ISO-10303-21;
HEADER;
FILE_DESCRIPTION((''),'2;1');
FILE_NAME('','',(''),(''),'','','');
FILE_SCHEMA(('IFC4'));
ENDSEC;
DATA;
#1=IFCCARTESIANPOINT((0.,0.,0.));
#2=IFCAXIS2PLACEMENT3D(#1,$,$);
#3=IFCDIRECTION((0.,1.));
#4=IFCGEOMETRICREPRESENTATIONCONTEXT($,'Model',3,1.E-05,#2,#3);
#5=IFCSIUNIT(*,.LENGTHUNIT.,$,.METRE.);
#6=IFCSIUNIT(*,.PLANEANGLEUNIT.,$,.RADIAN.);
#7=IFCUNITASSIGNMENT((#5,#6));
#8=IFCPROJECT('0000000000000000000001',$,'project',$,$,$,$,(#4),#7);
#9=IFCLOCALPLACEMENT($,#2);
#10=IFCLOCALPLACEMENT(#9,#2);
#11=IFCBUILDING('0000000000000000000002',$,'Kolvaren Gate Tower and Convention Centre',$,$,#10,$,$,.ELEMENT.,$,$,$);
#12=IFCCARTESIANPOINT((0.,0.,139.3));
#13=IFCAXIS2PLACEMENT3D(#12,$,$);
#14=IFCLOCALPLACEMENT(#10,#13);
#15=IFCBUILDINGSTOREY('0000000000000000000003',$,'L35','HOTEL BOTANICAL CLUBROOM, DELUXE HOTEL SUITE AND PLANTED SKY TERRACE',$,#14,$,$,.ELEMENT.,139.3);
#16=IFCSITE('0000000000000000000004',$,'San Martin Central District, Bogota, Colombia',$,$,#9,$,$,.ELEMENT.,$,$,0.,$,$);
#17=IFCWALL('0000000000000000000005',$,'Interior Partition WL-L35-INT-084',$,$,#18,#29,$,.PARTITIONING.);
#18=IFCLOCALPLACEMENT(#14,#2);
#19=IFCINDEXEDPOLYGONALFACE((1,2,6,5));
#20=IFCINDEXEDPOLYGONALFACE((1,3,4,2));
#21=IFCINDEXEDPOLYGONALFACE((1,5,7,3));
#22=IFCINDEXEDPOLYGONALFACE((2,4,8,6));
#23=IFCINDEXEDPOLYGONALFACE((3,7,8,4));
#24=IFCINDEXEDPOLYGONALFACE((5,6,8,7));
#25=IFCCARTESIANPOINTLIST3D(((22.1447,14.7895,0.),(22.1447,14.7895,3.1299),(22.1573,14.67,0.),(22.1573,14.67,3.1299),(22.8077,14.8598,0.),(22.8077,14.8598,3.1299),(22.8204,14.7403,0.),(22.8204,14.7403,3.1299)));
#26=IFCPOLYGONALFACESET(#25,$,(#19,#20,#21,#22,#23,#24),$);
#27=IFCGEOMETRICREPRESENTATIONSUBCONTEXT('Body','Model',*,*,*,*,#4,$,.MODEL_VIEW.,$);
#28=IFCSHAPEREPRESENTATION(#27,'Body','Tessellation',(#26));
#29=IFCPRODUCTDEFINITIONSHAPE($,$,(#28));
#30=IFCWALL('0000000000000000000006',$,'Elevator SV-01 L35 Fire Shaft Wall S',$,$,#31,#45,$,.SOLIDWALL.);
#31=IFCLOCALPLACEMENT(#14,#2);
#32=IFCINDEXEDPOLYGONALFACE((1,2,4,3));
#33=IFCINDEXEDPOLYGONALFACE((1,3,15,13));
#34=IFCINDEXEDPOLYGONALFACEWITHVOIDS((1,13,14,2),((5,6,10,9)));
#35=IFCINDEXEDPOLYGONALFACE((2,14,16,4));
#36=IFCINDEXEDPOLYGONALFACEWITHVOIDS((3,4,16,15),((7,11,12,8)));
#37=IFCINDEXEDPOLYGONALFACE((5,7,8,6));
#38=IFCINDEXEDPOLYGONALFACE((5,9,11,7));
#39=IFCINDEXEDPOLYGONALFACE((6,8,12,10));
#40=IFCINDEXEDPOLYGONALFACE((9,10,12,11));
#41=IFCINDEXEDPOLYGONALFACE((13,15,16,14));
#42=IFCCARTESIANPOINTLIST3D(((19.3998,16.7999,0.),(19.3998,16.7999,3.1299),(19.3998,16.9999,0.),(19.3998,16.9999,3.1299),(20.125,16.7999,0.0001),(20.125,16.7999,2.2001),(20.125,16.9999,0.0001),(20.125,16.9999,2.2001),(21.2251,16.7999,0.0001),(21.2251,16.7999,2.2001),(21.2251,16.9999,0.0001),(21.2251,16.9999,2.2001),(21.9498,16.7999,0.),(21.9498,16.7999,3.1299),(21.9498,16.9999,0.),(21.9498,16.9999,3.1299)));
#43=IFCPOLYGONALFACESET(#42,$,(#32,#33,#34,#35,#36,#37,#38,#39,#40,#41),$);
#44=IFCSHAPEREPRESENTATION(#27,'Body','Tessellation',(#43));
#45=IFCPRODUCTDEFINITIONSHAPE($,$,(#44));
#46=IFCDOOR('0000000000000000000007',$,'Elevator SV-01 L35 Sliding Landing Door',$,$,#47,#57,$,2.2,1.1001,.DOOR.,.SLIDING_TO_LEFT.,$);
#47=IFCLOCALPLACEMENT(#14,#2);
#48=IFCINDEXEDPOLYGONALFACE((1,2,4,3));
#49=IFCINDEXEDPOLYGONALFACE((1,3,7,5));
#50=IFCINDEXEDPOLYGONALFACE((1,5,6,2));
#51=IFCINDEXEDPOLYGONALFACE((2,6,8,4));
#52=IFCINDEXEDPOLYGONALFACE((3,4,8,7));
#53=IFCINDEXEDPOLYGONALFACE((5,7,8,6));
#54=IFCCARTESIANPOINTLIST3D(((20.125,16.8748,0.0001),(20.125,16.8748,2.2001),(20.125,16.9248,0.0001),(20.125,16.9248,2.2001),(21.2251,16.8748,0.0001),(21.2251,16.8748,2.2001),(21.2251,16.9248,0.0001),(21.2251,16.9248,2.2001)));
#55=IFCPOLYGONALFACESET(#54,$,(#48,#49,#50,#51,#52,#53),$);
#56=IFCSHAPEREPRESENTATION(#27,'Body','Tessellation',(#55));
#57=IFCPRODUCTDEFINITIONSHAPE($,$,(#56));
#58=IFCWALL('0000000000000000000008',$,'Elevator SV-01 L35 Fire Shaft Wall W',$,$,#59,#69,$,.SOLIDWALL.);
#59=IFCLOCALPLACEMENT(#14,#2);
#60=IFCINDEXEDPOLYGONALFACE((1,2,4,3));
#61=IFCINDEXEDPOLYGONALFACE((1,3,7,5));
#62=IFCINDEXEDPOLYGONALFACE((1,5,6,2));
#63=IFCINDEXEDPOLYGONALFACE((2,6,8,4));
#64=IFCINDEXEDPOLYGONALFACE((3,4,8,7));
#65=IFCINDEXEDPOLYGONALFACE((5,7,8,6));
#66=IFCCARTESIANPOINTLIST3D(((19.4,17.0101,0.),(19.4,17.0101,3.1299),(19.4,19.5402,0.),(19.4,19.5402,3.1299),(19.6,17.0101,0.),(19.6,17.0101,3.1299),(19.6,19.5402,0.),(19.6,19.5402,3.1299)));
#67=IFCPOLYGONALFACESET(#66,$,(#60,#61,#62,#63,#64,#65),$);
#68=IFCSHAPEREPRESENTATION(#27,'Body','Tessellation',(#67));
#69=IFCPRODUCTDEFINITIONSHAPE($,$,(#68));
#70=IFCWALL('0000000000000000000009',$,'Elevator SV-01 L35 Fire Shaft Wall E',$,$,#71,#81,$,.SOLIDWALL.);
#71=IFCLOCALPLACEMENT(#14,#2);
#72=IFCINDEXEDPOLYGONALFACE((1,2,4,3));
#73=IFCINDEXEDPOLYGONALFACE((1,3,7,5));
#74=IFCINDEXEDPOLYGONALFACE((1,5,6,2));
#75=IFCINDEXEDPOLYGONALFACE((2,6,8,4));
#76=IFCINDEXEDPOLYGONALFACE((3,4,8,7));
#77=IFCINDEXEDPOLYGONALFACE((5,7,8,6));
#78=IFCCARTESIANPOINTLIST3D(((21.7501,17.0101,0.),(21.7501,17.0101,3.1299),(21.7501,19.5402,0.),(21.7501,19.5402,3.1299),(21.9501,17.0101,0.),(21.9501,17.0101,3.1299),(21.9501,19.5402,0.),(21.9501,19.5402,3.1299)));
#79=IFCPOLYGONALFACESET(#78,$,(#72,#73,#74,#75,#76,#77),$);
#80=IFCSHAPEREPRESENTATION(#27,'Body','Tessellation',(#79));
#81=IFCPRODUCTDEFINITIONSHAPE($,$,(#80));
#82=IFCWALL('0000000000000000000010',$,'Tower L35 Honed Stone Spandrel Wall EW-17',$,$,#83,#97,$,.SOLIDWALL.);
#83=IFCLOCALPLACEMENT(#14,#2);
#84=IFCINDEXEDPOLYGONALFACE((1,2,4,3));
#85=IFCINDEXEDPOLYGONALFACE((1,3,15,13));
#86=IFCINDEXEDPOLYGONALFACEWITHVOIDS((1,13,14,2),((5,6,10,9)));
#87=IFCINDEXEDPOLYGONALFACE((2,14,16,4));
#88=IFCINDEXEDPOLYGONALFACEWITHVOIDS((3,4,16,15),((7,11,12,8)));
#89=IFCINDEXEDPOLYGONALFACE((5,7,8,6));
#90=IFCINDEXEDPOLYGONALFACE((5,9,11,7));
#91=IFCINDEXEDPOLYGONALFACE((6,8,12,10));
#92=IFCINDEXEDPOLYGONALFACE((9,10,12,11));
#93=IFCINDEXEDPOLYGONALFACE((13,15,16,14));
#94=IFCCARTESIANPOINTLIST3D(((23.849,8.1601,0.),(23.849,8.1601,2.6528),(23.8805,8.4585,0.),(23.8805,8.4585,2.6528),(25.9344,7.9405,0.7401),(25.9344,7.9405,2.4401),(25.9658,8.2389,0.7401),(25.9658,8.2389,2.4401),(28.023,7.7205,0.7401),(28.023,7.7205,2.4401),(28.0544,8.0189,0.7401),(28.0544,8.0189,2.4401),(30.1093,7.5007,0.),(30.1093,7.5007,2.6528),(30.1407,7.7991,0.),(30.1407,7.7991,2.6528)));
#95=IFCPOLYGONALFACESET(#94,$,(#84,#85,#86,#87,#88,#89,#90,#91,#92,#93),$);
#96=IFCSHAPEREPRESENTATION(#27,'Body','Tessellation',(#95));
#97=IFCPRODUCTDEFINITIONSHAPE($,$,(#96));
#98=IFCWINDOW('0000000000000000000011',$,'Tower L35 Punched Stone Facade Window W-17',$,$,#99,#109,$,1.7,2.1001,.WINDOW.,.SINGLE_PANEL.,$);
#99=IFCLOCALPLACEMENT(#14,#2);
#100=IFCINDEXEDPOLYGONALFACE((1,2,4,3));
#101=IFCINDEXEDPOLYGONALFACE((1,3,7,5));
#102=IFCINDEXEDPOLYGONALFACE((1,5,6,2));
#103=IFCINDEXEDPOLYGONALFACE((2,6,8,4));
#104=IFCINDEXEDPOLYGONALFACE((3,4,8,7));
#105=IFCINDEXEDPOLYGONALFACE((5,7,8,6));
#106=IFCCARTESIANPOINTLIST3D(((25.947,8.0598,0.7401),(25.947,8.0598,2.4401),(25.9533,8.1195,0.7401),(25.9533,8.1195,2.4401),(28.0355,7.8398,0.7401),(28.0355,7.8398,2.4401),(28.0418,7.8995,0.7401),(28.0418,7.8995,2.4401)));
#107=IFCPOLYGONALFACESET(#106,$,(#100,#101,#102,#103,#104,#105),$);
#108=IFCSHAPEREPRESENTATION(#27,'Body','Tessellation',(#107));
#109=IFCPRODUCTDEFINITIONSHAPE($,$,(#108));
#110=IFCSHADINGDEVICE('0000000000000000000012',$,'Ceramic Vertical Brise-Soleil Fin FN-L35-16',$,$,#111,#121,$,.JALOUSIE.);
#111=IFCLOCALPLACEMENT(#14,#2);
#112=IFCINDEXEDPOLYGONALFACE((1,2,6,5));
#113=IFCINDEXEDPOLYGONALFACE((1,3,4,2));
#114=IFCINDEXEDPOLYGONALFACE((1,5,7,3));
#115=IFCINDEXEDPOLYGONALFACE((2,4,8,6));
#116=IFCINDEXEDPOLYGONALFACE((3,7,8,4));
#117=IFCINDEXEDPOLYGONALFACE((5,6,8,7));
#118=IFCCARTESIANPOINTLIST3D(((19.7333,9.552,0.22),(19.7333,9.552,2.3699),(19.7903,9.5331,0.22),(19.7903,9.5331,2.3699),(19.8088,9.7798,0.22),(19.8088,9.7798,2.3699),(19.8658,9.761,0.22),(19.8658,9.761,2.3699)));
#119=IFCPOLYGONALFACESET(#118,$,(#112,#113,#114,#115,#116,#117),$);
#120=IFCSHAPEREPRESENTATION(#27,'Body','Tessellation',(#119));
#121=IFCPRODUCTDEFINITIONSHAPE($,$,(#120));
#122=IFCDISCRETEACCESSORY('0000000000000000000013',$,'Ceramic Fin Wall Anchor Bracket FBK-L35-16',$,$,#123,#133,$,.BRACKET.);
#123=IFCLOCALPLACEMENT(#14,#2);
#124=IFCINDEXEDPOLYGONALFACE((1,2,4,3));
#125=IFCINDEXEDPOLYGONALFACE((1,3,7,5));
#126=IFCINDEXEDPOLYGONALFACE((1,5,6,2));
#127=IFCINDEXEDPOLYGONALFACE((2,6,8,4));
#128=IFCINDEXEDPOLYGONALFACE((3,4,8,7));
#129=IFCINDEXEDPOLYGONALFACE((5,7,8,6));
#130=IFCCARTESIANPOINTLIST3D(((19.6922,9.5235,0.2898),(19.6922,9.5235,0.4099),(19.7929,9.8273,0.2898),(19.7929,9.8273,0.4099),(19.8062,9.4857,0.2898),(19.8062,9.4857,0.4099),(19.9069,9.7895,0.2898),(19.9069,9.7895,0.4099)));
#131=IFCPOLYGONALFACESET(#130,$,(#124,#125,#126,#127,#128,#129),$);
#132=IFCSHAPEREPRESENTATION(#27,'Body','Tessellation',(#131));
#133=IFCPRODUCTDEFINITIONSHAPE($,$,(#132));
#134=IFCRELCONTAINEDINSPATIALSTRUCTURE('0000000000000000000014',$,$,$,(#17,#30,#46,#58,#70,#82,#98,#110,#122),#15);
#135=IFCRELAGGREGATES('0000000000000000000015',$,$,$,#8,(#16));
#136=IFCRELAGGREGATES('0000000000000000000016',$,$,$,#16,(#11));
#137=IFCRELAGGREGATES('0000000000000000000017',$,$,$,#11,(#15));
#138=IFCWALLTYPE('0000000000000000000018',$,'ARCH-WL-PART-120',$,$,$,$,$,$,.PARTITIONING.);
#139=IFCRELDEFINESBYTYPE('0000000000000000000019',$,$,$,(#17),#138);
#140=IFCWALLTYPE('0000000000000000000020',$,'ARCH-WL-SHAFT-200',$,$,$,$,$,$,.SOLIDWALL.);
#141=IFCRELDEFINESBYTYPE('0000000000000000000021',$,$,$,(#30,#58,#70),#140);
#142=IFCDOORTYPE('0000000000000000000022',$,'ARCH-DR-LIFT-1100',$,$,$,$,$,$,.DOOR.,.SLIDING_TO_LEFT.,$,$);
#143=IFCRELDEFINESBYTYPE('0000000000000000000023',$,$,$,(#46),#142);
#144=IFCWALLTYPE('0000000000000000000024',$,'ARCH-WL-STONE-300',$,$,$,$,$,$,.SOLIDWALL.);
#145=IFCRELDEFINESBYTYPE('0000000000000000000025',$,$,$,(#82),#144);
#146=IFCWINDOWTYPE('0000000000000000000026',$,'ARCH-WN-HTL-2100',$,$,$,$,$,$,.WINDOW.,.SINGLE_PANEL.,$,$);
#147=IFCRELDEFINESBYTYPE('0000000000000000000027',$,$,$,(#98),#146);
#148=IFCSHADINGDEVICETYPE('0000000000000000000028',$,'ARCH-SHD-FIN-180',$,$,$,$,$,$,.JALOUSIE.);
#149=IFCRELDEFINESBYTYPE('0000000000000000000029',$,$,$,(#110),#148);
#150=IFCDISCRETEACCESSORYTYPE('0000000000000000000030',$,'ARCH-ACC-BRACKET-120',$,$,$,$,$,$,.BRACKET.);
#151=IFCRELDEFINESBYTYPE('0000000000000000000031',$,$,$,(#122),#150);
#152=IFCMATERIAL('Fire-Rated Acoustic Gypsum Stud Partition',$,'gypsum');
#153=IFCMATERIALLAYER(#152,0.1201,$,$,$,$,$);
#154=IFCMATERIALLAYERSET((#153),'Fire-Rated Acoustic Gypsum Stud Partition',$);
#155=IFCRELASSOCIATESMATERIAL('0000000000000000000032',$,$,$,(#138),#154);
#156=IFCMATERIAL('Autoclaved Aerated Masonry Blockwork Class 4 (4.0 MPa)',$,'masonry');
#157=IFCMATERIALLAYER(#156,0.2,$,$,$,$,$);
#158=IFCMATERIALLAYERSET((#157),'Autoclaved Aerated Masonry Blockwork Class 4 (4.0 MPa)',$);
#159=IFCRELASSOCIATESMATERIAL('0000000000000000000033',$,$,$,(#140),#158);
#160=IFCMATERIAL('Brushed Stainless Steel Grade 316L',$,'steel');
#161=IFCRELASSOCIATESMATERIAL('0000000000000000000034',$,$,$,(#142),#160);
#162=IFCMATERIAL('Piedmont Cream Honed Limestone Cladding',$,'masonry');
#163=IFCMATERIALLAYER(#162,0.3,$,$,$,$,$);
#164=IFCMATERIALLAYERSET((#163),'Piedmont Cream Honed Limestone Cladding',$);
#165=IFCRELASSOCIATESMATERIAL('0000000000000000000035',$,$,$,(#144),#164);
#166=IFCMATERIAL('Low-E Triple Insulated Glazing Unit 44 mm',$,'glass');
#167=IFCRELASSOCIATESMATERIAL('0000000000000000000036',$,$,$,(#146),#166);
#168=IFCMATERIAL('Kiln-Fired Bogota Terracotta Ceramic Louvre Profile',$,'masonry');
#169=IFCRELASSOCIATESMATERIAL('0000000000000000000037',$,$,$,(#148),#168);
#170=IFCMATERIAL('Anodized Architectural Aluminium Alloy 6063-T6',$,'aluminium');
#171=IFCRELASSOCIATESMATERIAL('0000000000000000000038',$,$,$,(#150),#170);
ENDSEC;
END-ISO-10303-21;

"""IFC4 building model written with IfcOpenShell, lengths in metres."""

from ifc_helpers import new_model, si_unit, direction, frame, frame_2d, origin, origin_2d, place, context, subcontext, project, spatial, rectangle, extrude, material, layer, layer_set, type_object, element, fill, save


model = new_model("IFC4")

# Units and contexts
model_context = context("Model", 3, precision=1e-05, world=origin(), true_north=direction((0.0, 1.0)))
body_context = subcontext(model_context, "Body", "Model", "MODEL_VIEW")
ifc_project = project(units=[si_unit("LENGTHUNIT", "METRE"), si_unit("PLANEANGLEUNIT", "RADIAN")], contexts=[model_context])

# Site, building, storey
site_placement = place(None, origin())
site = spatial("IfcSite", under=ifc_project, at=site_placement, Name="San Martin Central District, Bogota, Colombia", CompositionType="ELEMENT", RefElevation=0.0)
building_placement = place(site_placement, origin())
building = spatial("IfcBuilding", under=site, at=building_placement, Name="Kolvaren Gate Tower and Convention Centre", CompositionType="ELEMENT")
storey_placement = place(building_placement, frame((0.0, 0.0, 139.3)))
storey = spatial("IfcBuildingStorey", under=building, at=storey_placement, Name="L35", Description="HOTEL BOTANICAL CLUBROOM, DELUXE HOTEL SUITE AND PLANTED SKY TERRACE", CompositionType="ELEMENT", Elevation=139.3)

# Shared definitions
ifc_material_1 = material(Name="Autoclaved Aerated Masonry Blockwork Class 4 (4.0 MPa)", Category="masonry")

# Shared definitions
ifc_material_2 = material(Name="Fire-Rated Acoustic Gypsum Stud Partition", Category="gypsum")
ifc_layer_1 = layer(ifc_material_2, 0.1201)
ifc_layer_set_1 = layer_set([ifc_layer_1], Name="Fire-Rated Acoustic Gypsum Stud Partition")
wall_type_1 = type_object("IfcWallType", Name="ARCH-WL-PART-120", PredefinedType="PARTITIONING", material=ifc_layer_set_1)

# Wall
wall_1_placement = place(storey_placement, frame((22.1509, 14.7297, 0.0), z_axis=(0.0, 0.0, 1.0), x_axis=(0.994425, 0.105447, 0.0)))
element("IfcWall", 1, at=wall_1_placement, inside=storey, type_object=wall_type_1, Name="Interior Partition WL-L35-INT-084", PredefinedType="PARTITIONING", context=body_context, shape_type="SweptSolid", body=[
    extrude(rectangle(XDim=0.6667, YDim=0.1201, at=frame_2d((0.3335, 0.0))), origin(), (0.0, 0.0, 1.0), 3.1299),
])

# Wall, opening, door
ifc_layer_2 = layer(ifc_material_1, 0.2)
ifc_layer_set_2 = layer_set([ifc_layer_2], Name="Autoclaved Aerated Masonry Blockwork Class 4 (4.0 MPa)")
wall_type_2 = type_object("IfcWallType", Name="ARCH-WL-SHAFT-200", PredefinedType="SOLIDWALL", material=ifc_layer_set_2)
wall_2_placement = place(storey_placement, frame((19.3999, 16.8999, 0.0), z_axis=(0.0, 0.0, 1.0), x_axis=(1.0, 0.0, 0.0)))
wall_2 = element("IfcWall", 2, at=wall_2_placement, inside=storey, type_object=wall_type_2, Name="Elevator SV-01 L35 Fire Shaft Wall S", PredefinedType="SOLIDWALL", context=body_context, shape_type="SweptSolid", body=[
    extrude(rectangle(XDim=2.55, YDim=0.2, at=frame_2d((1.2749, 0.0))), origin(), (0.0, 0.0, 1.0), 3.1299),
])
opening_1_placement = place(wall_2_placement, frame((0.7251, 0.0, 0.0)))
opening_1 = element("IfcOpeningElement", 3, at=opening_1_placement, cuts=wall_2, PredefinedType="OPENING", context=body_context, shape_type="SweptSolid", body=[
    extrude(rectangle(XDim=1.1001, YDim=2.2, at=frame_2d((0.55, 1.1001))), frame((0.0, 0.1099, 0.0), z_axis=(0.0, -1.0, 0.0), x_axis=(1.0, 0.0, 0.0)), (0.0, 0.0, 1.0), 0.22),
])
ifc_material_3 = material(Name="Brushed Stainless Steel Grade 316L", Category="steel")
door_type_1 = type_object("IfcDoorType", Name="ARCH-DR-LIFT-1100", OperationType="SLIDING_TO_LEFT", PredefinedType="DOOR", material=ifc_material_3)
door_1_placement = place(opening_1_placement, origin())
door_1 = element("IfcDoor", 4, at=door_1_placement, inside=storey, type_object=door_type_1, Name="Elevator SV-01 L35 Sliding Landing Door", OperationType="SLIDING_TO_LEFT", OverallHeight=2.2, OverallWidth=1.1001, PredefinedType="DOOR", context=body_context, shape_type="SweptSolid", body=[
    extrude(rectangle(XDim=1.1001, YDim=2.2, at=frame_2d((0.55, 1.1001))), frame((0.0, 0.0249, 0.0), z_axis=(0.0, -1.0, 0.0), x_axis=(1.0, 0.0, 0.0)), (0.0, 0.0, 1.0), 0.05),
])
fill(opening_1, door_1)

# Walls
for number, where, z_axis, x_axis, name in (
    (5, (19.5, 17.01, 0.0), (0.0, 0.0, 1.0), (0.0, 1.0, 0.0), "Elevator SV-01 L35 Fire Shaft Wall W"),
    (6, (21.8501, 17.01, 0.0), (0.0, 0.0, 1.0), (0.0, 1.0, 0.0), "Elevator SV-01 L35 Fire Shaft Wall E"),
):
    element("IfcWall", number, at=place(storey_placement, frame(where, z_axis=z_axis, x_axis=x_axis)), inside=storey, type_object=wall_type_2, Name=name, PredefinedType="SOLIDWALL", context=body_context, shape_type="SweptSolid", body=[
        extrude(rectangle(XDim=2.53, YDim=0.2, at=frame_2d((1.2651, 0.0))), origin(), (0.0, 0.0, 1.0), 3.1299),
    ])

# Wall, opening, window
ifc_material_4 = material(Name="Piedmont Cream Honed Limestone Cladding", Category="masonry")
ifc_layer_3 = layer(ifc_material_4, 0.3)
ifc_layer_set_3 = layer_set([ifc_layer_3], Name="Piedmont Cream Honed Limestone Cladding")
wall_type_3 = type_object("IfcWallType", Name="ARCH-WL-STONE-300", PredefinedType="SOLIDWALL", material=ifc_layer_set_3)
wall_3_placement = place(storey_placement, frame((23.8647, 8.3093, 0.0), z_axis=(0.0, 0.0, 1.0), x_axis=(0.994498, -0.104755, 0.0)))
wall_3 = element("IfcWall", 7, at=wall_3_placement, inside=storey, type_object=wall_type_3, Name="Tower L35 Honed Stone Spandrel Wall EW-17", PredefinedType="SOLIDWALL", context=body_context, shape_type="SweptSolid", body=[
    extrude(rectangle(XDim=6.2949, YDim=0.3, at=frame_2d((3.1475, 0.0))), origin(), (0.0, 0.0, 1.0), 2.6528),
])
opening_2_placement = place(wall_3_placement, frame((2.0969, 0.0, 0.74)))
opening_2 = element("IfcOpeningElement", 8, at=opening_2_placement, cuts=wall_3, PredefinedType="OPENING", context=body_context, shape_type="SweptSolid", body=[
    extrude(rectangle(XDim=2.1001, YDim=1.7, at=frame_2d((1.05, 0.8501))), frame((0.0, 0.1599, 0.0), z_axis=(0.0, -1.0, 0.0), x_axis=(1.0, 0.0, 0.0)), (0.0, 0.0, 1.0), 0.3201),
])
ifc_material_5 = material(Name="Low-E Triple Insulated Glazing Unit 44 mm", Category="glass")
window_type = type_object("IfcWindowType", Name="ARCH-WN-HTL-2100", PartitioningType="SINGLE_PANEL", PredefinedType="WINDOW", material=ifc_material_5)
window_placement = place(opening_2_placement, origin())
window = element("IfcWindow", 9, at=window_placement, inside=storey, type_object=window_type, Name="Tower L35 Punched Stone Facade Window W-17", OverallHeight=1.7, OverallWidth=2.1001, PartitioningType="SINGLE_PANEL", PredefinedType="WINDOW", context=body_context, shape_type="SweptSolid", body=[
    extrude(rectangle(XDim=2.1001, YDim=1.7, at=frame_2d((1.05, 0.8501))), frame((0.0, 0.03, 0.0), z_axis=(0.0, -1.0, 0.0), x_axis=(1.0, 0.0, 0.0)), (0.0, 0.0, 1.0), 0.0601),
])
fill(opening_2, window)

# Shading device
ifc_material_6 = material(Name="Kiln-Fired Bogota Terracotta Ceramic Louvre Profile", Category="masonry")
shading_device_type = type_object("IfcShadingDeviceType", Name="ARCH-SHD-FIN-180", PredefinedType="JALOUSIE", material=ifc_material_6)
shading_device_placement = place(storey_placement, frame((19.7996, 9.6565, 0.22), z_axis=(0.0, 0.0, 1.0), x_axis=(0.94924, -0.314552, 0.0)))
element("IfcShadingDevice", 10, at=shading_device_placement, inside=storey, type_object=shading_device_type, Name="Ceramic Vertical Brise-Soleil Fin FN-L35-16", PredefinedType="JALOUSIE", context=body_context, shape_type="SweptSolid", body=[
    extrude(rectangle(XDim=0.0601, YDim=0.24, at=origin_2d()), origin(), (0.0, 0.0, 1.0), 2.1499),
])

# Discrete accessory
ifc_material_7 = material(Name="Anodized Architectural Aluminium Alloy 6063-T6", Category="aluminium")
discrete_accessory_type = type_object("IfcDiscreteAccessoryType", Name="ARCH-ACC-BRACKET-120", PredefinedType="BRACKET", material=ifc_material_7)
discrete_accessory_placement = place(storey_placement, frame((19.7996, 9.6565, 0.2898), z_axis=(0.0, 0.0, 1.0), x_axis=(0.94924, -0.314552, 0.0)))
element("IfcDiscreteAccessory", 11, at=discrete_accessory_placement, inside=storey, type_object=discrete_accessory_type, Name="Ceramic Fin Wall Anchor Bracket FBK-L35-16", PredefinedType="BRACKET", context=body_context, shape_type="SweptSolid", body=[
    extrude(rectangle(XDim=0.1201, YDim=0.3201, at=origin_2d()), origin(), (0.0, 0.0, 1.0), 0.1201),
])

save(model, "model.ifc")
